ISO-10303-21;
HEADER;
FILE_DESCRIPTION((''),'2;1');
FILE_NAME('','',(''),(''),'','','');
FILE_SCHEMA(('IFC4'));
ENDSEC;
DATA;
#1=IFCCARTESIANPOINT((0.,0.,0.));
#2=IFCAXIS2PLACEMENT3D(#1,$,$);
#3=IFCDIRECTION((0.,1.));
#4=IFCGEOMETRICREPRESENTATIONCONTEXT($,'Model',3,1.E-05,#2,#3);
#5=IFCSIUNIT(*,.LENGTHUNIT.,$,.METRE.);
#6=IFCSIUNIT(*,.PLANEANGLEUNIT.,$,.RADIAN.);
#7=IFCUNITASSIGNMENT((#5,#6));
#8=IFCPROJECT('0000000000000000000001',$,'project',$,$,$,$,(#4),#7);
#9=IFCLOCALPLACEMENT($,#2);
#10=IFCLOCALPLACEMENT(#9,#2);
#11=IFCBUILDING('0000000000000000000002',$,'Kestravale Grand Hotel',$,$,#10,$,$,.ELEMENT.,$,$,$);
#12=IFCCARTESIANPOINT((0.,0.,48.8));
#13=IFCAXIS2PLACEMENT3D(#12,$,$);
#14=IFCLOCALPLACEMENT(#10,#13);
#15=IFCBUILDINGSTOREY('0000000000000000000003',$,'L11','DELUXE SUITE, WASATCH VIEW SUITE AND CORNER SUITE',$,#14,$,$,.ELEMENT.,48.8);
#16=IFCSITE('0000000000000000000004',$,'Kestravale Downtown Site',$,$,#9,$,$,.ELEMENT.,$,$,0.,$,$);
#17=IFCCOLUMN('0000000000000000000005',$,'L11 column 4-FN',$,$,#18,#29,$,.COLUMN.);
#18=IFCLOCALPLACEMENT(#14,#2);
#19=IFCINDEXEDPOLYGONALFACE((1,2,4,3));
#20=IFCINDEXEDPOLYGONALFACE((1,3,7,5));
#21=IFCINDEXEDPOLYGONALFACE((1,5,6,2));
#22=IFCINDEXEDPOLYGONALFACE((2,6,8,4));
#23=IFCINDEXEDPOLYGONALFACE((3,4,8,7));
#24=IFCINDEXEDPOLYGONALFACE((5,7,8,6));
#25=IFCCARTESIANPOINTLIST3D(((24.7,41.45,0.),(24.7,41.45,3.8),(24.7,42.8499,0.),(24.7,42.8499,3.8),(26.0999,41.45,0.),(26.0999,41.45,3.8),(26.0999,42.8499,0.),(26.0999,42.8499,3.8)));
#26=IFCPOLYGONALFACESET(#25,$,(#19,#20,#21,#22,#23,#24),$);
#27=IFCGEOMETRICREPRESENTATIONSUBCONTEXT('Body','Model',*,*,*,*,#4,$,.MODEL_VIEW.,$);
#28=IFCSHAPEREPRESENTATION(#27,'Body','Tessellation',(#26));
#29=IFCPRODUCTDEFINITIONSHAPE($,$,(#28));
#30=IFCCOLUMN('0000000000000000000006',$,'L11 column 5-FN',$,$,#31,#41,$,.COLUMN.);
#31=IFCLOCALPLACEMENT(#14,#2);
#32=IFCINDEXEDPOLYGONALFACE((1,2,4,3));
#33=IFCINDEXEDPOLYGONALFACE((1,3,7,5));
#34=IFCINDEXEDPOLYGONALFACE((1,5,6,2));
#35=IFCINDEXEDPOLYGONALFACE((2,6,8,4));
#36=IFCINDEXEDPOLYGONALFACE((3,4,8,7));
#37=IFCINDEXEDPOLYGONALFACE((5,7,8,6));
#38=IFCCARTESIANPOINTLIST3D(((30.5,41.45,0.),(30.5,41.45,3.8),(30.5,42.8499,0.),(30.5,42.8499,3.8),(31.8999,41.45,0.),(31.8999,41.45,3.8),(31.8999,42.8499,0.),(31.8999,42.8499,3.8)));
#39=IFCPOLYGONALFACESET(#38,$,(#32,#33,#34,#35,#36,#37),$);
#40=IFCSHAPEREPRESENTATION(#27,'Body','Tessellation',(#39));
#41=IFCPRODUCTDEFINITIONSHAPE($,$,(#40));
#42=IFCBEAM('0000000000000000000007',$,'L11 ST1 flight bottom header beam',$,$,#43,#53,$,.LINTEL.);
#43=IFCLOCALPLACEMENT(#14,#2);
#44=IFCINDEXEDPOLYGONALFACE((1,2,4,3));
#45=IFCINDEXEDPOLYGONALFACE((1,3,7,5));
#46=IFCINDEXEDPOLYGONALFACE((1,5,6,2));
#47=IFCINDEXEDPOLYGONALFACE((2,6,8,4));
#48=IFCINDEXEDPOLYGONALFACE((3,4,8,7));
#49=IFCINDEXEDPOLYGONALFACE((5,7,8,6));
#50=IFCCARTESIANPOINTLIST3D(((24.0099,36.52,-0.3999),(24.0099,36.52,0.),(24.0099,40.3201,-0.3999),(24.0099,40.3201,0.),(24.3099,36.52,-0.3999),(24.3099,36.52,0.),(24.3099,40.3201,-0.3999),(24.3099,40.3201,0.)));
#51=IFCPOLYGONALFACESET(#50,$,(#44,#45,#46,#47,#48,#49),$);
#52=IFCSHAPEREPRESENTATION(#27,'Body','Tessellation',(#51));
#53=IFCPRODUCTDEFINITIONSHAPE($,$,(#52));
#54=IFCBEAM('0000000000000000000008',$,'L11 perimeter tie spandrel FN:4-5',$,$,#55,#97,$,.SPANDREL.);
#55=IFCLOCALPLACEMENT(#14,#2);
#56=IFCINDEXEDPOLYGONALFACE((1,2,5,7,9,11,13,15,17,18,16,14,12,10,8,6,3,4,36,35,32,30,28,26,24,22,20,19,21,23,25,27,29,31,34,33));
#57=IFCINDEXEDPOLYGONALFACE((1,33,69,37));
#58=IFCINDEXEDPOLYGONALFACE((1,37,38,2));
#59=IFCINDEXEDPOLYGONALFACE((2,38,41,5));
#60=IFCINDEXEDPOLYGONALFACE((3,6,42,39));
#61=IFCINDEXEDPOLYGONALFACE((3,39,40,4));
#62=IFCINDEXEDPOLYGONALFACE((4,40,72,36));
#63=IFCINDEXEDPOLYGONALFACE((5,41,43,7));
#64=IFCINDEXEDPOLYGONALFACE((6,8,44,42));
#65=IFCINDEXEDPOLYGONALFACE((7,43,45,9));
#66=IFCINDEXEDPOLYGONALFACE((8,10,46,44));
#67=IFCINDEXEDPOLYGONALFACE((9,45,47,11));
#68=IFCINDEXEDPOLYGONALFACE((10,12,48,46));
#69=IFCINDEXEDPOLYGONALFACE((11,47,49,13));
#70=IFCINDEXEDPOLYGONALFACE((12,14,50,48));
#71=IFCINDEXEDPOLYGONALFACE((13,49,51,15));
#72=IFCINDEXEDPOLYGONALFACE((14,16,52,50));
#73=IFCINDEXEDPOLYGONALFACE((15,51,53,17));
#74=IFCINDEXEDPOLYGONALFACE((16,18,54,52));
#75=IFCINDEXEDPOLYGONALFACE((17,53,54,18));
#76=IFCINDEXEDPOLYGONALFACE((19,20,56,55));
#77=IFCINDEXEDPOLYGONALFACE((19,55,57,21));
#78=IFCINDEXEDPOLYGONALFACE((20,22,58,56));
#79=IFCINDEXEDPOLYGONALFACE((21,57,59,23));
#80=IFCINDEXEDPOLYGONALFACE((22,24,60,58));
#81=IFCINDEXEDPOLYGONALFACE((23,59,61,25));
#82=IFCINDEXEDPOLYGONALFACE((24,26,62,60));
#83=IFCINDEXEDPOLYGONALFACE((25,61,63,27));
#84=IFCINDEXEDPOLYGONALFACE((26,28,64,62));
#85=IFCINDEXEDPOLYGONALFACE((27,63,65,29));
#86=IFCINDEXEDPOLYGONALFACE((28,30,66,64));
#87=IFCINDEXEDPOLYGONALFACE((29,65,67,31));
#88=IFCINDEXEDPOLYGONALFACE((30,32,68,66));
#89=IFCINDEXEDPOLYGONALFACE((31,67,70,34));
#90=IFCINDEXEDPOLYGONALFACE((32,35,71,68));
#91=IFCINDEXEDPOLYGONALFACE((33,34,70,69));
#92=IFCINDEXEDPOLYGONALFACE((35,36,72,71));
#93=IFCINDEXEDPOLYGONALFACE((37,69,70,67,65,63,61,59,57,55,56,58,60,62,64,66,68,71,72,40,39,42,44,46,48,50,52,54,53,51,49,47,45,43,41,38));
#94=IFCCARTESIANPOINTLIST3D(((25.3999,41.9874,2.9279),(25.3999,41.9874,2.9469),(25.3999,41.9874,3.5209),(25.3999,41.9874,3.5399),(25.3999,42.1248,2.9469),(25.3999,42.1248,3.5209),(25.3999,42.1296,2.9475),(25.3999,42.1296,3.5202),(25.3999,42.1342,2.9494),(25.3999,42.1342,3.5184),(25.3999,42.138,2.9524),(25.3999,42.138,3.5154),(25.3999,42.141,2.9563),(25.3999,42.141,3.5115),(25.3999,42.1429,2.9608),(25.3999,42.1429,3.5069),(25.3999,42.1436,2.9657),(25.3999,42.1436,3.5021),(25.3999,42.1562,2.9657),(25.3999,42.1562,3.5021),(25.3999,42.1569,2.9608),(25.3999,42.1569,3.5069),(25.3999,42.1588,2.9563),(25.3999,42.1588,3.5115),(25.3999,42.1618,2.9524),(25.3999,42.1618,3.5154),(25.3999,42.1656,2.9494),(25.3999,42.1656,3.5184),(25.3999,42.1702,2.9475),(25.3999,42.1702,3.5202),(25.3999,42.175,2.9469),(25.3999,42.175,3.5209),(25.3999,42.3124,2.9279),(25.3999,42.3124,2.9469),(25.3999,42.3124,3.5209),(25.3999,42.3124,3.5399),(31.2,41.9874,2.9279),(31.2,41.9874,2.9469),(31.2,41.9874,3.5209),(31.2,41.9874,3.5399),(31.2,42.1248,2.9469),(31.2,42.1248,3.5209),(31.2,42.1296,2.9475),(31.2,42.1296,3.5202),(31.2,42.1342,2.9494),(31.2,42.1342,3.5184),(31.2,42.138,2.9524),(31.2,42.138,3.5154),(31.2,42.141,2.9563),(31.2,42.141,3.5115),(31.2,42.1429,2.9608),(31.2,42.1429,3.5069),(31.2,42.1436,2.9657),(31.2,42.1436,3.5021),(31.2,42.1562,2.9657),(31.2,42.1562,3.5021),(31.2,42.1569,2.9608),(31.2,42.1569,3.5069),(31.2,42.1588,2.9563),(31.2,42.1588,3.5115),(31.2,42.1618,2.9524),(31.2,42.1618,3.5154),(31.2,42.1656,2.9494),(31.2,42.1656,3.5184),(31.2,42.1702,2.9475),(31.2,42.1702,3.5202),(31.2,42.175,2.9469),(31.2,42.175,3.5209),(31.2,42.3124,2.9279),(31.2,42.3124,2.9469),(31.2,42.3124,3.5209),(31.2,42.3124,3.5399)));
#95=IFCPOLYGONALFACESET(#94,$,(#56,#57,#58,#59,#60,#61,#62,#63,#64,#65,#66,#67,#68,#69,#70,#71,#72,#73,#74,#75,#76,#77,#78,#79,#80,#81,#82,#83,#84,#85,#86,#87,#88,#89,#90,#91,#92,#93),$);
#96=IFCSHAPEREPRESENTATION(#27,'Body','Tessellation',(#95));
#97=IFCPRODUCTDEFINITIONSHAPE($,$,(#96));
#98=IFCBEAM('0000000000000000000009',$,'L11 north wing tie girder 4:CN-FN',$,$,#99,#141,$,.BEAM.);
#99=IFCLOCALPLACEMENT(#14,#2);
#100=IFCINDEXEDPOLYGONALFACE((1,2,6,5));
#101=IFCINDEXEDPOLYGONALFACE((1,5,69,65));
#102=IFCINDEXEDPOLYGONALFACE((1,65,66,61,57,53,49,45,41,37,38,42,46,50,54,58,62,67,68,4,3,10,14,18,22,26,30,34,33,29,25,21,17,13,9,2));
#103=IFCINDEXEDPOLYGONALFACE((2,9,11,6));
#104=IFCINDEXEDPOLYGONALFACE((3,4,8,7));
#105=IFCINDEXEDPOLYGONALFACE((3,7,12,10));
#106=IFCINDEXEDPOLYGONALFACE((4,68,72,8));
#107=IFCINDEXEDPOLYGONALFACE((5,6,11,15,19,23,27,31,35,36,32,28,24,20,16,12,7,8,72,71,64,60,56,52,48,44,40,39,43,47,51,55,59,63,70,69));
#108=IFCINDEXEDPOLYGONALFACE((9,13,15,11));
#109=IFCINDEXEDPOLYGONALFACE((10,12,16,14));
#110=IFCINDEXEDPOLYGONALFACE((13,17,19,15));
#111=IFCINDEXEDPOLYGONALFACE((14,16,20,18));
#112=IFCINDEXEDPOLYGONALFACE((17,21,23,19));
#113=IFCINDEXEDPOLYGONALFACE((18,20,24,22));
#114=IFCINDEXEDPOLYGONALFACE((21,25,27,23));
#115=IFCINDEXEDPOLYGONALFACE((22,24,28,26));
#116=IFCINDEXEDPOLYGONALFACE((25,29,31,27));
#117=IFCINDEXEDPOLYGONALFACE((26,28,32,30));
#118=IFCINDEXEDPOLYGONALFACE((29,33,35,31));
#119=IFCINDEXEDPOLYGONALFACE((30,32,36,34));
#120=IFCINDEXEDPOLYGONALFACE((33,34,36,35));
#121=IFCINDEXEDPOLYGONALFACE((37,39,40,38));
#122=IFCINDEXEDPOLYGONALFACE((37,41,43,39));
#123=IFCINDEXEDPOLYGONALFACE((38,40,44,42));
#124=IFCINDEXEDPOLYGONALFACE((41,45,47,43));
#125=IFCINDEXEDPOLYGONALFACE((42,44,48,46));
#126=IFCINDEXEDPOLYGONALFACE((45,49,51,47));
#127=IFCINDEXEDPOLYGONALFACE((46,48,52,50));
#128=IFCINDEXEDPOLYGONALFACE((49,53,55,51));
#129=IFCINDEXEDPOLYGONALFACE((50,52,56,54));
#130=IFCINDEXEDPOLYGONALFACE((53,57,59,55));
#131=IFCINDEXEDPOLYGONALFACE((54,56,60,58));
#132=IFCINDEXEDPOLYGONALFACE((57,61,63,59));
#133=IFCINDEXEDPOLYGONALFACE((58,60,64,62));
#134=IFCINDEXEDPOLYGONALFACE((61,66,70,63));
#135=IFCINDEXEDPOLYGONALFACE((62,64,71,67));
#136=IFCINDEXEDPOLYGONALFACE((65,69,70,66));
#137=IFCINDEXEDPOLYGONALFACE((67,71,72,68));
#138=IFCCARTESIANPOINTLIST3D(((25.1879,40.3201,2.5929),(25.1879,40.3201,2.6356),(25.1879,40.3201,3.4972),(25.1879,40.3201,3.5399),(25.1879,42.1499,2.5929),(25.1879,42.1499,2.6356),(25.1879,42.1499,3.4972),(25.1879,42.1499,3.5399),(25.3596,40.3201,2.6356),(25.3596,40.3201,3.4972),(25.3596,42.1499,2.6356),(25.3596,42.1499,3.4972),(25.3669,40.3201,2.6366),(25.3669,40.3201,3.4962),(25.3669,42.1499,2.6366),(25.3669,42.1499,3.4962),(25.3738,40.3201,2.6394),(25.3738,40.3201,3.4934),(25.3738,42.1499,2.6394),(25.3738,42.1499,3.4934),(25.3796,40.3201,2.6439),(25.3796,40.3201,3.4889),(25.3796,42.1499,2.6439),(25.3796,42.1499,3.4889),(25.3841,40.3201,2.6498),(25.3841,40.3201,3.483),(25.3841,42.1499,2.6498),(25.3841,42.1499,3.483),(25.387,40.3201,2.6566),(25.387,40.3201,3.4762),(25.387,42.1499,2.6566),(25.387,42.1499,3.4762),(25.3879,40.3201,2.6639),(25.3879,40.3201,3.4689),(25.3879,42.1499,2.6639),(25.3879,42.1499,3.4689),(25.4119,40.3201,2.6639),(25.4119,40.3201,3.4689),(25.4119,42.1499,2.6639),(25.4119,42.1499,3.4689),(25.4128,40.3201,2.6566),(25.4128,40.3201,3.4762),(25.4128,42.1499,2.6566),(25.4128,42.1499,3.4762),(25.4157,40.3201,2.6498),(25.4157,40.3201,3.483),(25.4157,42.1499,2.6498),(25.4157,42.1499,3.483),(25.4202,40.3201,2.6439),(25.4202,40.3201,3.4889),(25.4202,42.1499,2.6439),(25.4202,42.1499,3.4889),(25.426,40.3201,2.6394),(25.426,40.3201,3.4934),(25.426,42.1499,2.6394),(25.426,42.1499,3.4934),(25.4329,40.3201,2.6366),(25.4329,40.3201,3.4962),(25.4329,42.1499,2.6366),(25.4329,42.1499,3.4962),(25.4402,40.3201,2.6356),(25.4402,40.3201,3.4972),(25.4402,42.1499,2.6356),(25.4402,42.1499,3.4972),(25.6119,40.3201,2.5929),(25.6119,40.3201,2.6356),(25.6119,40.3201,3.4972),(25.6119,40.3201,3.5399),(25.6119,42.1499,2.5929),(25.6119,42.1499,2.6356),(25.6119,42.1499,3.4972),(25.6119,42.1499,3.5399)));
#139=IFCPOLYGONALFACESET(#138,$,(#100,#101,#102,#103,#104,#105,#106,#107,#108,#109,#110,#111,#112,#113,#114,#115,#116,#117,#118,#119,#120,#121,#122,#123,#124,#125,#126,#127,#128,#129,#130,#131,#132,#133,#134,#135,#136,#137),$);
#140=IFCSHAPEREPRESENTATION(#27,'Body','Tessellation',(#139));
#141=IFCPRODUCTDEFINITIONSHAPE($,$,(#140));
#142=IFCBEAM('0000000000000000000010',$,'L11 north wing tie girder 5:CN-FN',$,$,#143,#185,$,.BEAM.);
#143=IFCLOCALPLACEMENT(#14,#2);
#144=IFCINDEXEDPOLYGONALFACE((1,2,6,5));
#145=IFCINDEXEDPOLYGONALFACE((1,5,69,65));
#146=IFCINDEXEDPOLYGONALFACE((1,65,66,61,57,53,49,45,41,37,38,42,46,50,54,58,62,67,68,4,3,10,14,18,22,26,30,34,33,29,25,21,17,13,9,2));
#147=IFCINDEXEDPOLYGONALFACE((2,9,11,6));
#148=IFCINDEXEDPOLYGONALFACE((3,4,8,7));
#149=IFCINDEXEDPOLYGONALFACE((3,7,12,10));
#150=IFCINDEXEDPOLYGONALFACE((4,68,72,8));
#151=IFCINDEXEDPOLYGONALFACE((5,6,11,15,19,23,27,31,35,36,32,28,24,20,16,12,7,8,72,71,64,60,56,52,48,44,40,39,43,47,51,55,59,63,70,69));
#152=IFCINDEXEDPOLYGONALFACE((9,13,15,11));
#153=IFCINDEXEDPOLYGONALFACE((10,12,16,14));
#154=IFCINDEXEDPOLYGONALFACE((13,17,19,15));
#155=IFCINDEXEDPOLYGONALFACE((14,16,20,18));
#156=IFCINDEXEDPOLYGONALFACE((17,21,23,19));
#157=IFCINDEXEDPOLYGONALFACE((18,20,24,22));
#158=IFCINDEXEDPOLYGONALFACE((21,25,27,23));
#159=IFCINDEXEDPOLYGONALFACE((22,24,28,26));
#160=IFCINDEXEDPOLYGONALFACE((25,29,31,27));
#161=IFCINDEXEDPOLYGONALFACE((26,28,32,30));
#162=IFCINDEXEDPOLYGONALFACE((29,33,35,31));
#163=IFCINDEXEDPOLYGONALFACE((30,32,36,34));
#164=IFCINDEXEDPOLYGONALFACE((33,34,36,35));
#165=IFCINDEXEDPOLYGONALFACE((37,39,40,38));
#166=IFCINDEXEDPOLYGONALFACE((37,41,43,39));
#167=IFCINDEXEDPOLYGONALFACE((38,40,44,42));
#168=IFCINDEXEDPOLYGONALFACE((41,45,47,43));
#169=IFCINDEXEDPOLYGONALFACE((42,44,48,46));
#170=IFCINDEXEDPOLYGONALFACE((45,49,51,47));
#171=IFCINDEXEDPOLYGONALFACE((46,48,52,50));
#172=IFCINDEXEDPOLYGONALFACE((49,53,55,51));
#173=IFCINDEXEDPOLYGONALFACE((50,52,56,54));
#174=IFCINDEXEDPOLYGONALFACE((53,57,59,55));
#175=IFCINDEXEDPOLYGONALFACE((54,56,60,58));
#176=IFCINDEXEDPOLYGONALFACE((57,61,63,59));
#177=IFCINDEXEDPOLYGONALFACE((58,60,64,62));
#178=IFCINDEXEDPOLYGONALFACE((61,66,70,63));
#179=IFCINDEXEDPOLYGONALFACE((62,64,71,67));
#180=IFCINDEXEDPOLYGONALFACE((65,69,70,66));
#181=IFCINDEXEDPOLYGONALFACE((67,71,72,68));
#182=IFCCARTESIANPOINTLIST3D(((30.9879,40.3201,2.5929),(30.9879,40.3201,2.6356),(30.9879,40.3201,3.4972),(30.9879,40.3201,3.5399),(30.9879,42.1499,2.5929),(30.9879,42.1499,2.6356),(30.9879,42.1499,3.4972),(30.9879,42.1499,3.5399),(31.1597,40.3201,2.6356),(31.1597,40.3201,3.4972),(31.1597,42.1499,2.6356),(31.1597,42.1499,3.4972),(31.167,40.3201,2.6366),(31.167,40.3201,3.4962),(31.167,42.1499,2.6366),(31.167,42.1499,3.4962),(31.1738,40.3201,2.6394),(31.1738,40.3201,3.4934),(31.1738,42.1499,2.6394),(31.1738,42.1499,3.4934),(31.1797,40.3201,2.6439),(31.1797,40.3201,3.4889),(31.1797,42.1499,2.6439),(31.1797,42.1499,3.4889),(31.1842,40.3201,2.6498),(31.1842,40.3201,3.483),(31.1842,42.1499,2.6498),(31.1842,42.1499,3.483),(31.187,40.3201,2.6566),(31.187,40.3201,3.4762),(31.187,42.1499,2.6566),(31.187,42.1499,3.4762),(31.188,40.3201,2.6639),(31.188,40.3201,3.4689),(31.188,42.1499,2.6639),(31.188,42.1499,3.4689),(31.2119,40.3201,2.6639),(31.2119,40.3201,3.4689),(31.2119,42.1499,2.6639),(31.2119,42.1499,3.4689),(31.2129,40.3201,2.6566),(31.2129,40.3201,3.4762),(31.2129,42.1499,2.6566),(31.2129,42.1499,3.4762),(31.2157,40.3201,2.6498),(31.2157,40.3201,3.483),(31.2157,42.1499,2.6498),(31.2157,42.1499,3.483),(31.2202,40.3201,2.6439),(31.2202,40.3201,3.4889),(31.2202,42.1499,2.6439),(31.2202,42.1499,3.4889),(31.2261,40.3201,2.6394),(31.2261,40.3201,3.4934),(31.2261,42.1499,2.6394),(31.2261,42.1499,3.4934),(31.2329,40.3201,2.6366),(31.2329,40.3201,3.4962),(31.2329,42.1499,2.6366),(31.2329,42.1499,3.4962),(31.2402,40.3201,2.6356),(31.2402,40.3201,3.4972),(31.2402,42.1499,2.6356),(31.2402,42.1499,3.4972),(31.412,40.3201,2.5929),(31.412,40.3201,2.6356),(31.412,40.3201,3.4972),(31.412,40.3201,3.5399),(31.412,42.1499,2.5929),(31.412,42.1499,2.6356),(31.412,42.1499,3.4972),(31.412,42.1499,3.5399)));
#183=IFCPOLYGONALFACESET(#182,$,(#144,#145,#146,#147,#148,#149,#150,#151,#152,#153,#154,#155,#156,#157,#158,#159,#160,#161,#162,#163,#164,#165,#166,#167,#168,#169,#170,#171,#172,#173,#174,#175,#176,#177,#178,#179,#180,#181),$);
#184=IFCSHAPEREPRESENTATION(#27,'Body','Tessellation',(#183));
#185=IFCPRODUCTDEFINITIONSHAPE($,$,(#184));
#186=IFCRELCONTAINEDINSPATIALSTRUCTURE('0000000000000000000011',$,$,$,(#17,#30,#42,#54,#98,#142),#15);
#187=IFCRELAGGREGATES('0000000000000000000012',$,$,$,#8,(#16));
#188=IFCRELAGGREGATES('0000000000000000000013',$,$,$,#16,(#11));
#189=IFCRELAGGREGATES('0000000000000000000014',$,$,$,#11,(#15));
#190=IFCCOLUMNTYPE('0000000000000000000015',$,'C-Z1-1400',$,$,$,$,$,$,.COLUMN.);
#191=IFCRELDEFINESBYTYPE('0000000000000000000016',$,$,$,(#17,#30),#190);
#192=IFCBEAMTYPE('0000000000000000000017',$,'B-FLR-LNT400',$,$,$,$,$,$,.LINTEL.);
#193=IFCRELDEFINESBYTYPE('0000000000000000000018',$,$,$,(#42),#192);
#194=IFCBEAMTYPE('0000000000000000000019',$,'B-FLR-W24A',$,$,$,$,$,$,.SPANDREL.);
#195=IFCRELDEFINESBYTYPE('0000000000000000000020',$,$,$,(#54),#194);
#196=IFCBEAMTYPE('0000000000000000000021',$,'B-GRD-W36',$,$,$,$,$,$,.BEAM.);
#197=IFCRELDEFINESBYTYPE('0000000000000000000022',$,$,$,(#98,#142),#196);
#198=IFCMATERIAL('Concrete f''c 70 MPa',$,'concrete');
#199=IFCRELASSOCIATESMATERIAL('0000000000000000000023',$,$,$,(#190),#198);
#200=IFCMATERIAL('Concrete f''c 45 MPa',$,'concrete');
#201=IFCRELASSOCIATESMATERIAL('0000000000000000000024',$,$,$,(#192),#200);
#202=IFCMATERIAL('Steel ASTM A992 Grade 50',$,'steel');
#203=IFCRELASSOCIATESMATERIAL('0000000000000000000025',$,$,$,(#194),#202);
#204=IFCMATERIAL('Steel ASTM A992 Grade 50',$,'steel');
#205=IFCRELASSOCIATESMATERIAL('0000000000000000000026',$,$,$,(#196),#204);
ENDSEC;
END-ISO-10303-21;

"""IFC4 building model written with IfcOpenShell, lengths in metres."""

from ifc_helpers import new_model, si_unit, direction, frame, origin, origin_2d, place, context, subcontext, project, spatial, rectangle, i_section, extrude, material, material_profile, profile_set, type_object, element, save


model = new_model("IFC4")

# Units and contexts
model_context = context("Model", 3, precision=1e-05, world=origin(), true_north=direction((0.0, 1.0)))
body_context = subcontext(model_context, "Body", "Model", "MODEL_VIEW")
ifc_project = project(units=[si_unit("LENGTHUNIT", "METRE"), si_unit("PLANEANGLEUNIT", "RADIAN")], contexts=[model_context])

# Site, building, storey
site_placement = place(None, origin())
site = spatial("IfcSite", under=ifc_project, at=site_placement, Name="Kestravale Downtown Site", CompositionType="ELEMENT", RefElevation=0.0)
building_placement = place(site_placement, origin())
building = spatial("IfcBuilding", under=site, at=building_placement, Name="Kestravale Grand Hotel", CompositionType="ELEMENT")
storey_placement = place(building_placement, frame((0.0, 0.0, 48.8)))
storey = spatial("IfcBuildingStorey", under=building, at=storey_placement, Name="L11", Description="DELUXE SUITE, WASATCH VIEW SUITE AND CORNER SUITE", CompositionType="ELEMENT", Elevation=48.8)

# Columns
ifc_material_1 = material(Name="Concrete f'c 70 MPa", Category="concrete")
ifc_material_profile_1 = material_profile(ifc_material_1, rectangle(XDim=1.3999, YDim=1.3999, at=origin_2d()))
ifc_profile_set_1 = profile_set([ifc_material_profile_1], Name="Concrete f'c 70 MPa")
column_type = type_object("IfcColumnType", Name="C-Z1-1400", PredefinedType="COLUMN", material=ifc_profile_set_1)
for number, where, z_axis, x_axis, name in (
    (1, (25.3999, 42.1499, 0.0), (0.0, 0.0, 1.0), (1.0, 0.0, 0.0), "L11 column 4-FN"),
    (2, (31.2, 42.1499, 0.0), (0.0, 0.0, 1.0), (1.0, 0.0, 0.0), "L11 column 5-FN"),
):
    element("IfcColumn", number, at=place(storey_placement, frame(where, z_axis=z_axis, x_axis=x_axis)), inside=storey, type_object=column_type, Name=name, PredefinedType="COLUMN", context=body_context, shape_type="SweptSolid", body=[
        extrude(rectangle(XDim=1.3999, YDim=1.3999, at=origin_2d()), origin(), (0.0, 0.0, 1.0), 3.8),
    ])

# Beams
ifc_material_2 = material(Name="Concrete f'c 45 MPa", Category="concrete")
ifc_material_profile_2 = material_profile(ifc_material_2, rectangle(XDim=0.3, YDim=0.3999, at=origin_2d()))
ifc_profile_set_2 = profile_set([ifc_material_profile_2], Name="Concrete f'c 45 MPa")
beam_type_1 = type_object("IfcBeamType", Name="B-FLR-LNT400", PredefinedType="LINTEL", material=ifc_profile_set_2)
beam_1_placement = place(storey_placement, frame((24.1599, 36.52, -0.2), z_axis=(0.0, 1.0, 0.0), x_axis=(-1.0, 0.0, 0.0)))
element("IfcBeam", 3, at=beam_1_placement, inside=storey, type_object=beam_type_1, Name="L11 ST1 flight bottom header beam", PredefinedType="LINTEL", context=body_context, shape_type="SweptSolid", body=[
    extrude(rectangle(XDim=0.3, YDim=0.3999, at=origin_2d()), origin(), (0.0, 0.0, 1.0), 3.8),
])
ifc_material_3 = material(Name="Steel ASTM A992 Grade 50", Category="steel")
ifc_material_profile_3 = material_profile(ifc_material_3, i_section(OverallWidth=0.325, OverallDepth=0.6121, WebThickness=0.0127, FlangeThickness=0.019, FilletRadius=0.0188, at=origin_2d()))
ifc_profile_set_3 = profile_set([ifc_material_profile_3], Name="Steel ASTM A992 Grade 50")
beam_type_2 = type_object("IfcBeamType", Name="B-FLR-W24A", PredefinedType="SPANDREL", material=ifc_profile_set_3)
beam_2_placement = place(storey_placement, frame((25.3999, 42.1499, 3.2339), z_axis=(1.0, 0.0, 0.0), x_axis=(0.0, 1.0, 0.0)))
element("IfcBeam", 4, at=beam_2_placement, inside=storey, type_object=beam_type_2, Name="L11 perimeter tie spandrel FN:4-5", PredefinedType="SPANDREL", context=body_context, shape_type="SweptSolid", body=[
    extrude(i_section(OverallWidth=0.325, OverallDepth=0.6121, WebThickness=0.0127, FlangeThickness=0.019, FilletRadius=0.0188, at=origin_2d()), origin(), (0.0, 0.0, 1.0), 5.8),
])
ifc_material_4 = material(Name="Steel ASTM A992 Grade 50", Category="steel")
ifc_material_profile_4 = material_profile(ifc_material_4, i_section(OverallWidth=0.4241, OverallDepth=0.947, WebThickness=0.0239, FlangeThickness=0.0427, FilletRadius=0.0283, at=origin_2d()))
ifc_profile_set_4 = profile_set([ifc_material_profile_4], Name="Steel ASTM A992 Grade 50")
beam_type_3 = type_object("IfcBeamType", Name="B-GRD-W36", PredefinedType="BEAM", material=ifc_profile_set_4)
for number, where, z_axis, x_axis, name in (
    (5, (25.3999, 40.3201, 3.0664), (0.0, 1.0, 0.0), (-1.0, 0.0, 0.0), "L11 north wing tie girder 4:CN-FN"),
    (6, (31.2, 40.3201, 3.0664), (0.0, 1.0, 0.0), (-1.0, 0.0, 0.0), "L11 north wing tie girder 5:CN-FN"),
):
    element("IfcBeam", number, at=place(storey_placement, frame(where, z_axis=z_axis, x_axis=x_axis)), inside=storey, type_object=beam_type_3, Name=name, PredefinedType="BEAM", context=body_context, shape_type="SweptSolid", body=[
        extrude(i_section(OverallWidth=0.4241, OverallDepth=0.947, WebThickness=0.0239, FlangeThickness=0.0427, FilletRadius=0.0283, at=origin_2d()), origin(), (0.0, 0.0, 1.0), 1.8298),
    ])

save(model, "model.ifc")
